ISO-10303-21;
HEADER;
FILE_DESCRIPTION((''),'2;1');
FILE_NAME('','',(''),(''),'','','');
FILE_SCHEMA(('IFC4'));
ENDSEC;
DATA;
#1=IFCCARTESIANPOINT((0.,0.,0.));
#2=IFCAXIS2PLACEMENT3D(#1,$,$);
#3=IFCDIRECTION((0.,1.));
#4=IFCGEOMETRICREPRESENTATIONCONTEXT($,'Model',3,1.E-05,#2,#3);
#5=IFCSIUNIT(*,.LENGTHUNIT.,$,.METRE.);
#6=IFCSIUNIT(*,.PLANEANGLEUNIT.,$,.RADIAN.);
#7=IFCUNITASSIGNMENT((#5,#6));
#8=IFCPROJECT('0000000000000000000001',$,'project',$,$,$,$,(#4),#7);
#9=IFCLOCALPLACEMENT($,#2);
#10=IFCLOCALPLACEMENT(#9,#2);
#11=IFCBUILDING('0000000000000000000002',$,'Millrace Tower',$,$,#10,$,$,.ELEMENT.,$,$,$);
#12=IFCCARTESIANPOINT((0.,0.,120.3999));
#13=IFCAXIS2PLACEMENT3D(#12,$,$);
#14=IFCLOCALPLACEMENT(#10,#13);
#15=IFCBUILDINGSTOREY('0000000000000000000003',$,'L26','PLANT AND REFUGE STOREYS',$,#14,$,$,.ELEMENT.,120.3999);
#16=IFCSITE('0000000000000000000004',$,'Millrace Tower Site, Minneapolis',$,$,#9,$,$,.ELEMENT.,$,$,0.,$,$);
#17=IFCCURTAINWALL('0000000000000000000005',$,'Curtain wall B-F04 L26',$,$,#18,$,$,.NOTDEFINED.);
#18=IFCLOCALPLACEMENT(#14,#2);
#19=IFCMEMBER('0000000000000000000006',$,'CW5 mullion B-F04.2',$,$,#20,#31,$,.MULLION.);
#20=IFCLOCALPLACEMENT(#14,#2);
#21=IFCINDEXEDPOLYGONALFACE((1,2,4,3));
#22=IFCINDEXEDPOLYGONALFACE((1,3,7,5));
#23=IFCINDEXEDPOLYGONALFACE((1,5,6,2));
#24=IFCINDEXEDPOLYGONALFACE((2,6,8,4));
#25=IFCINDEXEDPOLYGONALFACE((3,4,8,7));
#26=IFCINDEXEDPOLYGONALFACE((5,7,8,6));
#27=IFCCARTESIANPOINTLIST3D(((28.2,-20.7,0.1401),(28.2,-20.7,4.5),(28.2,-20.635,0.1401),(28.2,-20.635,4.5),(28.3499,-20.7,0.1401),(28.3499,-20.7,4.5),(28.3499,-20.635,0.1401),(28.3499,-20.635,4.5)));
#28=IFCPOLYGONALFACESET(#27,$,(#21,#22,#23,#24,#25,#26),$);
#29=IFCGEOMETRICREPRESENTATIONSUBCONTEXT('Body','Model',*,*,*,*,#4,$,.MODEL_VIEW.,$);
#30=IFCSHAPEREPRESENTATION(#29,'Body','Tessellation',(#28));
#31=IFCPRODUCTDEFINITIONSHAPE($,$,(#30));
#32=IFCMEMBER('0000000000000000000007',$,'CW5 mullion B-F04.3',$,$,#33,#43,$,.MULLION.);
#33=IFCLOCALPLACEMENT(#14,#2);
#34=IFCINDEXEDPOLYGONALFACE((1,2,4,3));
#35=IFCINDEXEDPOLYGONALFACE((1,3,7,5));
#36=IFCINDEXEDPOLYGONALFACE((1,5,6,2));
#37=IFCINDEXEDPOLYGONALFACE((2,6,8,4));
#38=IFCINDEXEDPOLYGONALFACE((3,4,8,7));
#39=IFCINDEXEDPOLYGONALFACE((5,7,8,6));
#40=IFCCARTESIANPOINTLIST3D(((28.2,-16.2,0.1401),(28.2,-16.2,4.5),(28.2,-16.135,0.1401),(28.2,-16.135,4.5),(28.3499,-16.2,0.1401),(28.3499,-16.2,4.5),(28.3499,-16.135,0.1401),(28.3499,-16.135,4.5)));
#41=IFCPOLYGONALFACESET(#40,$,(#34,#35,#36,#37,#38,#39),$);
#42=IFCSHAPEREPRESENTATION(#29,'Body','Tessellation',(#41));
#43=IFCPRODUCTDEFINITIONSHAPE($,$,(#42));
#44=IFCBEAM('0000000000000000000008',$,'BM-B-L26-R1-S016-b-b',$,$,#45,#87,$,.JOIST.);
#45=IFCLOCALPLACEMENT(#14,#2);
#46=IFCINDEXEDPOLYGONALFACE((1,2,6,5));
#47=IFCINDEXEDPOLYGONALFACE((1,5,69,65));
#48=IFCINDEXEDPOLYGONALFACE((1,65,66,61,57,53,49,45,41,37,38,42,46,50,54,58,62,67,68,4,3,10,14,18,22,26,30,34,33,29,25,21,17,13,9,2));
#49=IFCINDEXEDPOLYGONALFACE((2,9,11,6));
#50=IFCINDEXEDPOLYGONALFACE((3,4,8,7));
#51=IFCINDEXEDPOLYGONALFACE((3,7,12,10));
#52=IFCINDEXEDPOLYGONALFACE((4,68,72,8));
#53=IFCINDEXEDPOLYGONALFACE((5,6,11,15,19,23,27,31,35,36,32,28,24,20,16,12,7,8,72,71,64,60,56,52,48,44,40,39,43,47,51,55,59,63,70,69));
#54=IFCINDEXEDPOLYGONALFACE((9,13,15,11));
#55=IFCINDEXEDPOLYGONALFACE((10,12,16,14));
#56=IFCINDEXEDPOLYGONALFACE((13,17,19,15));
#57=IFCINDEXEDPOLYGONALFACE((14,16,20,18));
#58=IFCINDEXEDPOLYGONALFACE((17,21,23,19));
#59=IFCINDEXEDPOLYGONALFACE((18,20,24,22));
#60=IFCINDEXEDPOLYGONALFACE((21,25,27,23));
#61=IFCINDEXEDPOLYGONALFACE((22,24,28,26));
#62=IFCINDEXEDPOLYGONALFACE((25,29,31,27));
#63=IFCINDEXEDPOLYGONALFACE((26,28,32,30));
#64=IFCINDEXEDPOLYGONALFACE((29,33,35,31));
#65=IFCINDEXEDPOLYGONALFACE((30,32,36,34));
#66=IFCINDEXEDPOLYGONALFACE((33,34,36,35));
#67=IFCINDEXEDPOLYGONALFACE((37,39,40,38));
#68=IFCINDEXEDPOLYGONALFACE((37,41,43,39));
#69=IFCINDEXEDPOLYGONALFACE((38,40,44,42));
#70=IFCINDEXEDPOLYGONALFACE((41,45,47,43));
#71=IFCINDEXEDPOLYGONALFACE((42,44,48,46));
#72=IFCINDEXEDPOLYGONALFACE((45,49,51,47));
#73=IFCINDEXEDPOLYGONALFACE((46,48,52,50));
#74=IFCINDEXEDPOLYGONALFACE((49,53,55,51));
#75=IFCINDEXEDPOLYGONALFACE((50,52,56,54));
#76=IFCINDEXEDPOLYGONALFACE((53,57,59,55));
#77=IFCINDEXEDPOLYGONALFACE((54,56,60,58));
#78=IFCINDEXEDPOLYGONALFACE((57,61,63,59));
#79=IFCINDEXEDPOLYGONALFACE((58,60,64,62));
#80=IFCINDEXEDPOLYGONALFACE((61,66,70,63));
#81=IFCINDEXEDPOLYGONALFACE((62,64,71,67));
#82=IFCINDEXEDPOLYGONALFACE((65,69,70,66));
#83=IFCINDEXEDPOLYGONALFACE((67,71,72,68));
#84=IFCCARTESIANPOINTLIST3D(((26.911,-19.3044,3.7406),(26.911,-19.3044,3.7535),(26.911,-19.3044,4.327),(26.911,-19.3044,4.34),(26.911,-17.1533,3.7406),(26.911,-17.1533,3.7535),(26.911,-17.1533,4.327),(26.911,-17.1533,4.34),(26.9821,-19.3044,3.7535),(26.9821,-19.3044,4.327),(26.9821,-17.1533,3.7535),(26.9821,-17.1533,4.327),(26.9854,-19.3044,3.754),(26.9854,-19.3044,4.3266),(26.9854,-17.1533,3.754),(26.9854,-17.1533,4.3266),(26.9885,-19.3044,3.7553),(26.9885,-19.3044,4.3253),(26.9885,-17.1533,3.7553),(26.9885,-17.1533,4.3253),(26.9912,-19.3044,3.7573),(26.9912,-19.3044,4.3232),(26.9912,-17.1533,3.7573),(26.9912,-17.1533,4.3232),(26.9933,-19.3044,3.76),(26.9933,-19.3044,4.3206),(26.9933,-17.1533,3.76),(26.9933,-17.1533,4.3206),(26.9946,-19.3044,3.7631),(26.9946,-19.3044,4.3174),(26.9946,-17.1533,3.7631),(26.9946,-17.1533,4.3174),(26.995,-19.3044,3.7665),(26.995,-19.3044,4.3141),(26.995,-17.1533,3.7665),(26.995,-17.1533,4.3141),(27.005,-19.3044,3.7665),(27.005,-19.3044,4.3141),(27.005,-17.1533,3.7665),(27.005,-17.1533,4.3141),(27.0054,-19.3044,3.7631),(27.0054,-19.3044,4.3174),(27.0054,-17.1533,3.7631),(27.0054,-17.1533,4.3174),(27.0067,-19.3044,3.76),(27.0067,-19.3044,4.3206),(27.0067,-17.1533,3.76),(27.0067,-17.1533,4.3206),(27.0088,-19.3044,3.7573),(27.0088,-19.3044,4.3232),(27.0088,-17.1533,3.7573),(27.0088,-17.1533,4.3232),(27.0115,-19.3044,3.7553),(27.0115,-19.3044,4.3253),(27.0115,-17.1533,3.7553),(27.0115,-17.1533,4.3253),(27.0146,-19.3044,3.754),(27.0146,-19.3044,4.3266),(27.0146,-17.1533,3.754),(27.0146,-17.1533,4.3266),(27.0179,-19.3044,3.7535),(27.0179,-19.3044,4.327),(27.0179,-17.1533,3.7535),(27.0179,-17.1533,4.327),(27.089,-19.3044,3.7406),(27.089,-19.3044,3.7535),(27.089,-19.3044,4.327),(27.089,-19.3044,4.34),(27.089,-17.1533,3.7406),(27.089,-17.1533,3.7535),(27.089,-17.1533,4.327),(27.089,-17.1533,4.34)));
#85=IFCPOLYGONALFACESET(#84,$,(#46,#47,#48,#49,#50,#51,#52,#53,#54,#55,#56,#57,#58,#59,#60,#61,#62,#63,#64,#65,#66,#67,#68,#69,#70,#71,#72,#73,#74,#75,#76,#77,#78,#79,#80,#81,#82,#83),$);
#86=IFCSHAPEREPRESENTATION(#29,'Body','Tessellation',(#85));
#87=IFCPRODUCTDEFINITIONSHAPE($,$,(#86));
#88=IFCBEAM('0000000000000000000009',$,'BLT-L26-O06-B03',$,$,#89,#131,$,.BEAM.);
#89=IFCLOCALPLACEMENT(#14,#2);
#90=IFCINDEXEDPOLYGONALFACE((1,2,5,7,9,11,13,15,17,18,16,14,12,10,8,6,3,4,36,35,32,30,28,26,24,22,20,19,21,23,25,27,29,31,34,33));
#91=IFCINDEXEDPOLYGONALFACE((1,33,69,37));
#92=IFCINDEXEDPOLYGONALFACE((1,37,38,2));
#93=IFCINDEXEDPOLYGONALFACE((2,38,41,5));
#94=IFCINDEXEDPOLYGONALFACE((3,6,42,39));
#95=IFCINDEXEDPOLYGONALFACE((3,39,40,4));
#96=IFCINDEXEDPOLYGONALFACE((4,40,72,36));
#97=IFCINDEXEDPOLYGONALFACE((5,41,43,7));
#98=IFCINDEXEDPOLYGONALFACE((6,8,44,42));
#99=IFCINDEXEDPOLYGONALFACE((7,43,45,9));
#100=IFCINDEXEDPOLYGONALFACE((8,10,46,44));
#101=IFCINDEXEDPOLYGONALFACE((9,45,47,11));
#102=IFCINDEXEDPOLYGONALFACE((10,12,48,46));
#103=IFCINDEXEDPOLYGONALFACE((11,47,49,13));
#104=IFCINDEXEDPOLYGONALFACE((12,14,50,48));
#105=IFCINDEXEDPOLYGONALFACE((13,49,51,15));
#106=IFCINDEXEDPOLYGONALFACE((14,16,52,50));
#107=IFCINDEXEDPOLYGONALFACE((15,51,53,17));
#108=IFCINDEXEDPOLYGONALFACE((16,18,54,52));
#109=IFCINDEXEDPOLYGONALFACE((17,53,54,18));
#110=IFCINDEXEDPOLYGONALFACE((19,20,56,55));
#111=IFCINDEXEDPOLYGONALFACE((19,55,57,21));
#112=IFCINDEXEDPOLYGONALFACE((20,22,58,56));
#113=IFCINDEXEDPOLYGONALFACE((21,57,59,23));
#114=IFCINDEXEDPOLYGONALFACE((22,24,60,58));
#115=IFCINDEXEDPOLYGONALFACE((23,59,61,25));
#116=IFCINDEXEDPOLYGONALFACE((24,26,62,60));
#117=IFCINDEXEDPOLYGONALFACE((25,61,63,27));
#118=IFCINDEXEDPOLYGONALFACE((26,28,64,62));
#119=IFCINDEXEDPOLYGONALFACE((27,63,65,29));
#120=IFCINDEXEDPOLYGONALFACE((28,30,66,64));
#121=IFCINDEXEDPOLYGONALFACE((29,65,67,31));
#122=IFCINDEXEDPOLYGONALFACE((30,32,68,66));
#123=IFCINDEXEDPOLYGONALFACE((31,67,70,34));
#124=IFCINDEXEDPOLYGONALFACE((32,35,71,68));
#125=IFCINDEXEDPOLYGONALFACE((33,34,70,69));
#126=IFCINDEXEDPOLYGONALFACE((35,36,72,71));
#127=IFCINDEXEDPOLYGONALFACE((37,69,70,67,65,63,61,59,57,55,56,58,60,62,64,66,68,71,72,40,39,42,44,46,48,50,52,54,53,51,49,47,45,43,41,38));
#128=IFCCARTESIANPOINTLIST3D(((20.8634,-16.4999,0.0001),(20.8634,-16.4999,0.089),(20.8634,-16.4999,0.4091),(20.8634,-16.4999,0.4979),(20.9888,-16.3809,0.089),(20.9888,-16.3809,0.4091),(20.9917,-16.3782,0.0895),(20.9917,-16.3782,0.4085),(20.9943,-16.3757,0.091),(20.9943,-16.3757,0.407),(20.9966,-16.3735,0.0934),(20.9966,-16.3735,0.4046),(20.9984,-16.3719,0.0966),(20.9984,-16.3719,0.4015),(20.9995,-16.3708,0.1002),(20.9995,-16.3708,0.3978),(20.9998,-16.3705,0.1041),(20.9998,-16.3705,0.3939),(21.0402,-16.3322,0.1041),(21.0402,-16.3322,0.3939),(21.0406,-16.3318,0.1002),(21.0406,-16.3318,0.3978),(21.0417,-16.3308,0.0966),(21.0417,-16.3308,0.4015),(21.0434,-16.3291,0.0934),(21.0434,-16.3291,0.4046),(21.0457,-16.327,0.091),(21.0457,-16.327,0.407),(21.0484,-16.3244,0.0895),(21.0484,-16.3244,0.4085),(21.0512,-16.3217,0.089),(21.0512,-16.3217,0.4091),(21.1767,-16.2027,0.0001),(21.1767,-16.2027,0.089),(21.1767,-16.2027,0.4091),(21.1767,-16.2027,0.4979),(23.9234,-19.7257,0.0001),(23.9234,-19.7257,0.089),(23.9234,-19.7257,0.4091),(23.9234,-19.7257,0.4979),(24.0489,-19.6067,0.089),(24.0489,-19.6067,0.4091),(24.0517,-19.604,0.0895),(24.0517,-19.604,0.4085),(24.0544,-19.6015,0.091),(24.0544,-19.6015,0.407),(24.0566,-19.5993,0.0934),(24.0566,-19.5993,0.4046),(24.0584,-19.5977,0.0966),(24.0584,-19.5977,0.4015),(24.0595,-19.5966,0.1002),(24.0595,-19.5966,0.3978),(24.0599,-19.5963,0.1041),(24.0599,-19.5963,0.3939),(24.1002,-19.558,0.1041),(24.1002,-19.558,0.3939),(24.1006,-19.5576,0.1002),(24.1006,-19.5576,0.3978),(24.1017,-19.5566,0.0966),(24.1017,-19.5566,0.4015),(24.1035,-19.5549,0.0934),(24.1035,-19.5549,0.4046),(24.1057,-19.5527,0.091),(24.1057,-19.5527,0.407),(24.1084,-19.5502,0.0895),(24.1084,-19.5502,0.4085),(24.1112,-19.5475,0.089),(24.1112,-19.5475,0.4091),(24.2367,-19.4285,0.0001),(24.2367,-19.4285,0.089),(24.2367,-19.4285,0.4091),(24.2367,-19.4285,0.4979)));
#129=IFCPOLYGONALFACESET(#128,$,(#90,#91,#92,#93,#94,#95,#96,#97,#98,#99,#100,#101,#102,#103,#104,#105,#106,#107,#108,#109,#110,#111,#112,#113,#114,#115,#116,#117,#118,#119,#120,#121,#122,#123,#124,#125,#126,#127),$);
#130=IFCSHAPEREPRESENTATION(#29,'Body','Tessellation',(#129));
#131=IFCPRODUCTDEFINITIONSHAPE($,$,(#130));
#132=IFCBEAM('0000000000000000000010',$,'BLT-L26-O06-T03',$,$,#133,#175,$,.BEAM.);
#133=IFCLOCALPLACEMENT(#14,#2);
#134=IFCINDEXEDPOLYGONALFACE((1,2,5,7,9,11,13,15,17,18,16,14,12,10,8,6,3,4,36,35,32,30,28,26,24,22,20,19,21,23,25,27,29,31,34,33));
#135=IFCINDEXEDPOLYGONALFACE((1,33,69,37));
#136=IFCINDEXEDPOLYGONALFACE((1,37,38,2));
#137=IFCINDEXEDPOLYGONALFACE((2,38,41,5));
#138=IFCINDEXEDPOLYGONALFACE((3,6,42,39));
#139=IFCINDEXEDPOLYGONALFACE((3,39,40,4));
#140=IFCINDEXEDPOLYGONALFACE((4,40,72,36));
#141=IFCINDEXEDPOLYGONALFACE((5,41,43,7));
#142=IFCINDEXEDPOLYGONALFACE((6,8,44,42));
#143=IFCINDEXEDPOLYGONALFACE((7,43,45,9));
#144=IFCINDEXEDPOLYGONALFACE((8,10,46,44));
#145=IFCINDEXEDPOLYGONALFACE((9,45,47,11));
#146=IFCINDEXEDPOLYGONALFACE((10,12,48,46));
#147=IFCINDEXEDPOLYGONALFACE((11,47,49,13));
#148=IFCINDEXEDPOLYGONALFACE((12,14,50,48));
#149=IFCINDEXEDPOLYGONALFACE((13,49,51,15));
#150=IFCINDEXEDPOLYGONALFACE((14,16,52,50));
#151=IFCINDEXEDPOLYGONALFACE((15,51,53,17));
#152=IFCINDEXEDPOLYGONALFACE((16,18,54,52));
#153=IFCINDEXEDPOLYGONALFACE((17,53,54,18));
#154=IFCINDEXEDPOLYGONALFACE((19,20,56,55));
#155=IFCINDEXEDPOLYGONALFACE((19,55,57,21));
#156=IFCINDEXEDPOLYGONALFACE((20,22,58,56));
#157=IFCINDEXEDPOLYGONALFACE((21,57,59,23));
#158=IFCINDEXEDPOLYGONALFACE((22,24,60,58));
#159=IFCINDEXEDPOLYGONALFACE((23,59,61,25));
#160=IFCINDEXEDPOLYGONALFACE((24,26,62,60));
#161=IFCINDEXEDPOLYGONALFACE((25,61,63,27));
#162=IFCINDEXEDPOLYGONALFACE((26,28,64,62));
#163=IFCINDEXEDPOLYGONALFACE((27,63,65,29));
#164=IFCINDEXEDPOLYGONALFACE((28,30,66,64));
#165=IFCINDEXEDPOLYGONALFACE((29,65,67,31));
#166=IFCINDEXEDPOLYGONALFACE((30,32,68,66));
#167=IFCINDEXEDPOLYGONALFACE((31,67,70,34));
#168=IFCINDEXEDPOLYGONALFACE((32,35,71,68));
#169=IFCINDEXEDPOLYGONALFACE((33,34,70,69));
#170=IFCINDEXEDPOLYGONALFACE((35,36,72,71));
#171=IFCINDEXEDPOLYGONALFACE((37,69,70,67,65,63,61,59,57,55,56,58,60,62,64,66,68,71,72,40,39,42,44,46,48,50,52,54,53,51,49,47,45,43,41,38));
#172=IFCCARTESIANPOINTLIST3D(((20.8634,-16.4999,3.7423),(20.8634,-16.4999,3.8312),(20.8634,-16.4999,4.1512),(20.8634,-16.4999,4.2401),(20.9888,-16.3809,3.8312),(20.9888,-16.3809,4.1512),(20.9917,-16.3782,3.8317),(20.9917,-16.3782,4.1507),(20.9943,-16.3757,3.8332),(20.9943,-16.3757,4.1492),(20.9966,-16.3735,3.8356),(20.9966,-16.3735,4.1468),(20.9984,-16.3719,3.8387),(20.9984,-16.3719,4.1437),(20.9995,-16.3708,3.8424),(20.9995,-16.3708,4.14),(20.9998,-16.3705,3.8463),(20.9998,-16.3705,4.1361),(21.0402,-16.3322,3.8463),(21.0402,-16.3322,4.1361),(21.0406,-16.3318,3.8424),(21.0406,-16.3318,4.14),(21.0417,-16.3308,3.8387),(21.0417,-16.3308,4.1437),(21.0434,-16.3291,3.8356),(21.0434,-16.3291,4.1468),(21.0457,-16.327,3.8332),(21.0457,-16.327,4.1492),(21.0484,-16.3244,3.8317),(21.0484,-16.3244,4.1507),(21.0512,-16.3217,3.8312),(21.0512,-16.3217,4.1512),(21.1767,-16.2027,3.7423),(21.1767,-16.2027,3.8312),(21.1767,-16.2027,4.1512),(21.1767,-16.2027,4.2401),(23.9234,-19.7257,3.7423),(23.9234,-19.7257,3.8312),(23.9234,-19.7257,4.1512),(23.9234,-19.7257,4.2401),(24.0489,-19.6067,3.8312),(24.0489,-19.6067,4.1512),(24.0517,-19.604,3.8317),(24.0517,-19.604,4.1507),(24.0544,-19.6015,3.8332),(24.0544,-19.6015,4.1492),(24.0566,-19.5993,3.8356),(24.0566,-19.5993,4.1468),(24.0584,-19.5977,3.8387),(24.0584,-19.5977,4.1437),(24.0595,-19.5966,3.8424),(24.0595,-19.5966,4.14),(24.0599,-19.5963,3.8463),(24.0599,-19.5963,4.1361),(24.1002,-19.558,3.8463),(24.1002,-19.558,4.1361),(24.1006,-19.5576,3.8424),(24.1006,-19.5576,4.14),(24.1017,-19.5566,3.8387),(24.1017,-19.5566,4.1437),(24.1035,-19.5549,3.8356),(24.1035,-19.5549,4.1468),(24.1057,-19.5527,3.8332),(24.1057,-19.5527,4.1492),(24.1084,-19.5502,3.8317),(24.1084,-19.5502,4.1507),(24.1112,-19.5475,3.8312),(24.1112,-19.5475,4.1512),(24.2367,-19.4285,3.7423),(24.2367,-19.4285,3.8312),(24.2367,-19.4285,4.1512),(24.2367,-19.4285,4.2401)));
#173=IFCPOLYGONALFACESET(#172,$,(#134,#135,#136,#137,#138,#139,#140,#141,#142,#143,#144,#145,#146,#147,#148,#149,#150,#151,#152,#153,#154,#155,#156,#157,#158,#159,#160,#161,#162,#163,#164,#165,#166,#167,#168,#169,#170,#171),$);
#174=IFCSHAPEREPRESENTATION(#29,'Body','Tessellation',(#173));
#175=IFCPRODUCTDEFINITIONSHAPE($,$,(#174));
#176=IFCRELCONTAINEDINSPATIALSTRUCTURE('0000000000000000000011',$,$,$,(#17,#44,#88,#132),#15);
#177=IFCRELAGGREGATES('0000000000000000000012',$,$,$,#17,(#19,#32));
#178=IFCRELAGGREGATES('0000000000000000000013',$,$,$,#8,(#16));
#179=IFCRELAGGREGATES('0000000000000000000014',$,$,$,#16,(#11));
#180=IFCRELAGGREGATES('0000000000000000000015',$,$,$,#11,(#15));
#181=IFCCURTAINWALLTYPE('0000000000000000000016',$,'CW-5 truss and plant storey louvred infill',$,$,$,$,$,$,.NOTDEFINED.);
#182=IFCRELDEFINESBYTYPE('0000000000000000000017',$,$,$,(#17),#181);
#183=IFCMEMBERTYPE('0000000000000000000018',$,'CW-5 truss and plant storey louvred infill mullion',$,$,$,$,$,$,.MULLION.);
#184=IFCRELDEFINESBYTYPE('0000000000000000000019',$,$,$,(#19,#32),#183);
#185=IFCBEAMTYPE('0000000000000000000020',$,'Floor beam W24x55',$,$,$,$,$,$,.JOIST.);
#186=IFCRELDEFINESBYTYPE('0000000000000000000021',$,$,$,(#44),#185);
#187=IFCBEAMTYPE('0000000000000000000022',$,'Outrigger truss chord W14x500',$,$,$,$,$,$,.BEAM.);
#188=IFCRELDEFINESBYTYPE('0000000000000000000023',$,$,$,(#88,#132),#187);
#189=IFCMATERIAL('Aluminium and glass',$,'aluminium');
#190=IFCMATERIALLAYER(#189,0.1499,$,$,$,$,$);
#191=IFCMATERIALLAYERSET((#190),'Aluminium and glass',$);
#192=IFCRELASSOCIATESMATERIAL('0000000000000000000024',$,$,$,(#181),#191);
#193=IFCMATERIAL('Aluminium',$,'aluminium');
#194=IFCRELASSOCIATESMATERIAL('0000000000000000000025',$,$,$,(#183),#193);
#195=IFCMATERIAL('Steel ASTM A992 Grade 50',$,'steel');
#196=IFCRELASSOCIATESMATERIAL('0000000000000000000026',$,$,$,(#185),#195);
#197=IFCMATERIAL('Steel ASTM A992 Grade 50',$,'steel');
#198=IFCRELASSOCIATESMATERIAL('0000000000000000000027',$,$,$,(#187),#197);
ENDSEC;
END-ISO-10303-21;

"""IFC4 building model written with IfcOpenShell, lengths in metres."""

from ifc_helpers import new_model, si_unit, direction, frame, origin, origin_2d, place, context, subcontext, project, spatial, rectangle, i_section, extrude, material, layer, layer_set, material_profile, profile_set, type_object, element, aggregate, save


model = new_model("IFC4")

# Units and contexts
model_context = context("Model", 3, precision=1e-05, world=origin(), true_north=direction((0.0, 1.0)))
body_context = subcontext(model_context, "Body", "Model", "MODEL_VIEW")
ifc_project = project(units=[si_unit("LENGTHUNIT", "METRE"), si_unit("PLANEANGLEUNIT", "RADIAN")], contexts=[model_context])

# Site, building, storey
site_placement = place(None, origin())
site = spatial("IfcSite", under=ifc_project, at=site_placement, Name="Millrace Tower Site, Minneapolis", CompositionType="ELEMENT", RefElevation=0.0)
building_placement = place(site_placement, origin())
building = spatial("IfcBuilding", under=site, at=building_placement, Name="Millrace Tower", CompositionType="ELEMENT")
storey_placement = place(building_placement, frame((0.0, 0.0, 120.3999)))
storey = spatial("IfcBuildingStorey", under=building, at=storey_placement, Name="L26", Description="PLANT AND REFUGE STOREYS", CompositionType="ELEMENT", Elevation=120.3999)

# Curtain wall, members
ifc_material_1 = material(Name="Aluminium and glass", Category="aluminium")
ifc_layer_1 = layer(ifc_material_1, 0.1499)
ifc_layer_set_1 = layer_set([ifc_layer_1], Name="Aluminium and glass")
curtain_wall_type = type_object("IfcCurtainWallType", Name="CW-5 truss and plant storey louvred infill", PredefinedType="NOTDEFINED", material=ifc_layer_set_1)
curtain_wall_placement = place(storey_placement, origin())
curtain_wall = element("IfcCurtainWall", 1, at=curtain_wall_placement, inside=storey, type_object=curtain_wall_type, Name="Curtain wall B-F04 L26", PredefinedType="NOTDEFINED")
ifc_material_2 = material(Name="Aluminium", Category="aluminium")
ifc_material_profile_1 = material_profile(ifc_material_2, rectangle(XDim=0.0649, YDim=0.1499, at=origin_2d()))
ifc_profile_set_1 = profile_set([ifc_material_profile_1], Name="Aluminium")
member_type_1 = type_object("IfcMemberType", Name="CW-5 truss and plant storey louvred infill mullion", PredefinedType="MULLION", material=ifc_profile_set_1)
member_1_placement = place(storey_placement, frame((28.2749, -20.6675, 0.1401), z_axis=(0.0, 0.0, 1.0), x_axis=(0.0, 1.0, 0.0)))
member_1 = element("IfcMember", 2, at=member_1_placement, type_object=member_type_1, Name="CW5 mullion B-F04.2", PredefinedType="MULLION", context=body_context, shape_type="SweptSolid", body=[
    extrude(rectangle(XDim=0.0649, YDim=0.1499, at=origin_2d()), origin(), (0.0, 0.0, 1.0), 4.3599),
])
member_2_placement = place(storey_placement, frame((28.2749, -16.1675, 0.1401), z_axis=(0.0, 0.0, 1.0), x_axis=(0.0, 1.0, 0.0)))
member_2 = element("IfcMember", 3, at=member_2_placement, type_object=member_type_1, Name="CW5 mullion B-F04.3", PredefinedType="MULLION", context=body_context, shape_type="SweptSolid", body=[
    extrude(rectangle(XDim=0.0649, YDim=0.1499, at=origin_2d()), origin(), (0.0, 0.0, 1.0), 4.3599),
])
aggregate(curtain_wall, [member_1, member_2])

# Beams
ifc_material_3 = material(Name="Steel ASTM A992 Grade 50", Category="steel")
ifc_material_profile_2 = material_profile(ifc_material_3, i_section(OverallWidth=0.178, OverallDepth=0.5994, WebThickness=0.01, FlangeThickness=0.0129, FilletRadius=0.0129, at=origin_2d()))
ifc_profile_set_2 = profile_set([ifc_material_profile_2], Name="Steel ASTM A992 Grade 50")
beam_type_1 = type_object("IfcBeamType", Name="Floor beam W24x55", PredefinedType="JOIST", material=ifc_profile_set_2)
beam_1_placement = place(storey_placement, frame((27.0, -19.3044, 4.0403), z_axis=(0.0, 1.0, 0.0), x_axis=(-1.0, 0.0, 0.0)))
element("IfcBeam", 4, at=beam_1_placement, inside=storey, type_object=beam_type_1, Name="BM-B-L26-R1-S016-b-b", PredefinedType="JOIST", context=body_context, shape_type="SweptSolid", body=[
    extrude(i_section(OverallWidth=0.178, OverallDepth=0.5994, WebThickness=0.01, FlangeThickness=0.0129, FilletRadius=0.0129, at=origin_2d()), origin(), (0.0, 0.0, 1.0), 2.1511),
])
ifc_material_4 = material(Name="Steel ASTM A992 Grade 50", Category="steel")
ifc_material_profile_3 = material_profile(ifc_material_4, i_section(OverallWidth=0.4319, OverallDepth=0.4978, WebThickness=0.0557, FlangeThickness=0.0889, FilletRadius=0.0151, at=origin_2d()))
ifc_profile_set_3 = profile_set([ifc_material_profile_3], Name="Steel ASTM A992 Grade 50")
beam_type_2 = type_object("IfcBeamType", Name="Outrigger truss chord W14x500", PredefinedType="BEAM", material=ifc_profile_set_3)
for number, where, z_axis, x_axis, name in (
    (5, (21.02, -16.3513, 0.249), (0.68822, -0.725502, 0.0), (0.725502, 0.68822, 0.0), "BLT-L26-O06-B03"),
    (6, (21.02, -16.3513, 3.9912), (0.68822, -0.725502, 0.0), (0.725502, 0.68822, 0.0), "BLT-L26-O06-T03"),
):
    element("IfcBeam", number, at=place(storey_placement, frame(where, z_axis=z_axis, x_axis=x_axis)), inside=storey, type_object=beam_type_2, Name=name, PredefinedType="BEAM", context=body_context, shape_type="SweptSolid", body=[
        extrude(i_section(OverallWidth=0.4319, OverallDepth=0.4978, WebThickness=0.0557, FlangeThickness=0.0889, FilletRadius=0.0151, at=origin_2d()), origin(), (0.0, 0.0, 1.0), 4.4463),
    ])

save(model, "model.ifc")
